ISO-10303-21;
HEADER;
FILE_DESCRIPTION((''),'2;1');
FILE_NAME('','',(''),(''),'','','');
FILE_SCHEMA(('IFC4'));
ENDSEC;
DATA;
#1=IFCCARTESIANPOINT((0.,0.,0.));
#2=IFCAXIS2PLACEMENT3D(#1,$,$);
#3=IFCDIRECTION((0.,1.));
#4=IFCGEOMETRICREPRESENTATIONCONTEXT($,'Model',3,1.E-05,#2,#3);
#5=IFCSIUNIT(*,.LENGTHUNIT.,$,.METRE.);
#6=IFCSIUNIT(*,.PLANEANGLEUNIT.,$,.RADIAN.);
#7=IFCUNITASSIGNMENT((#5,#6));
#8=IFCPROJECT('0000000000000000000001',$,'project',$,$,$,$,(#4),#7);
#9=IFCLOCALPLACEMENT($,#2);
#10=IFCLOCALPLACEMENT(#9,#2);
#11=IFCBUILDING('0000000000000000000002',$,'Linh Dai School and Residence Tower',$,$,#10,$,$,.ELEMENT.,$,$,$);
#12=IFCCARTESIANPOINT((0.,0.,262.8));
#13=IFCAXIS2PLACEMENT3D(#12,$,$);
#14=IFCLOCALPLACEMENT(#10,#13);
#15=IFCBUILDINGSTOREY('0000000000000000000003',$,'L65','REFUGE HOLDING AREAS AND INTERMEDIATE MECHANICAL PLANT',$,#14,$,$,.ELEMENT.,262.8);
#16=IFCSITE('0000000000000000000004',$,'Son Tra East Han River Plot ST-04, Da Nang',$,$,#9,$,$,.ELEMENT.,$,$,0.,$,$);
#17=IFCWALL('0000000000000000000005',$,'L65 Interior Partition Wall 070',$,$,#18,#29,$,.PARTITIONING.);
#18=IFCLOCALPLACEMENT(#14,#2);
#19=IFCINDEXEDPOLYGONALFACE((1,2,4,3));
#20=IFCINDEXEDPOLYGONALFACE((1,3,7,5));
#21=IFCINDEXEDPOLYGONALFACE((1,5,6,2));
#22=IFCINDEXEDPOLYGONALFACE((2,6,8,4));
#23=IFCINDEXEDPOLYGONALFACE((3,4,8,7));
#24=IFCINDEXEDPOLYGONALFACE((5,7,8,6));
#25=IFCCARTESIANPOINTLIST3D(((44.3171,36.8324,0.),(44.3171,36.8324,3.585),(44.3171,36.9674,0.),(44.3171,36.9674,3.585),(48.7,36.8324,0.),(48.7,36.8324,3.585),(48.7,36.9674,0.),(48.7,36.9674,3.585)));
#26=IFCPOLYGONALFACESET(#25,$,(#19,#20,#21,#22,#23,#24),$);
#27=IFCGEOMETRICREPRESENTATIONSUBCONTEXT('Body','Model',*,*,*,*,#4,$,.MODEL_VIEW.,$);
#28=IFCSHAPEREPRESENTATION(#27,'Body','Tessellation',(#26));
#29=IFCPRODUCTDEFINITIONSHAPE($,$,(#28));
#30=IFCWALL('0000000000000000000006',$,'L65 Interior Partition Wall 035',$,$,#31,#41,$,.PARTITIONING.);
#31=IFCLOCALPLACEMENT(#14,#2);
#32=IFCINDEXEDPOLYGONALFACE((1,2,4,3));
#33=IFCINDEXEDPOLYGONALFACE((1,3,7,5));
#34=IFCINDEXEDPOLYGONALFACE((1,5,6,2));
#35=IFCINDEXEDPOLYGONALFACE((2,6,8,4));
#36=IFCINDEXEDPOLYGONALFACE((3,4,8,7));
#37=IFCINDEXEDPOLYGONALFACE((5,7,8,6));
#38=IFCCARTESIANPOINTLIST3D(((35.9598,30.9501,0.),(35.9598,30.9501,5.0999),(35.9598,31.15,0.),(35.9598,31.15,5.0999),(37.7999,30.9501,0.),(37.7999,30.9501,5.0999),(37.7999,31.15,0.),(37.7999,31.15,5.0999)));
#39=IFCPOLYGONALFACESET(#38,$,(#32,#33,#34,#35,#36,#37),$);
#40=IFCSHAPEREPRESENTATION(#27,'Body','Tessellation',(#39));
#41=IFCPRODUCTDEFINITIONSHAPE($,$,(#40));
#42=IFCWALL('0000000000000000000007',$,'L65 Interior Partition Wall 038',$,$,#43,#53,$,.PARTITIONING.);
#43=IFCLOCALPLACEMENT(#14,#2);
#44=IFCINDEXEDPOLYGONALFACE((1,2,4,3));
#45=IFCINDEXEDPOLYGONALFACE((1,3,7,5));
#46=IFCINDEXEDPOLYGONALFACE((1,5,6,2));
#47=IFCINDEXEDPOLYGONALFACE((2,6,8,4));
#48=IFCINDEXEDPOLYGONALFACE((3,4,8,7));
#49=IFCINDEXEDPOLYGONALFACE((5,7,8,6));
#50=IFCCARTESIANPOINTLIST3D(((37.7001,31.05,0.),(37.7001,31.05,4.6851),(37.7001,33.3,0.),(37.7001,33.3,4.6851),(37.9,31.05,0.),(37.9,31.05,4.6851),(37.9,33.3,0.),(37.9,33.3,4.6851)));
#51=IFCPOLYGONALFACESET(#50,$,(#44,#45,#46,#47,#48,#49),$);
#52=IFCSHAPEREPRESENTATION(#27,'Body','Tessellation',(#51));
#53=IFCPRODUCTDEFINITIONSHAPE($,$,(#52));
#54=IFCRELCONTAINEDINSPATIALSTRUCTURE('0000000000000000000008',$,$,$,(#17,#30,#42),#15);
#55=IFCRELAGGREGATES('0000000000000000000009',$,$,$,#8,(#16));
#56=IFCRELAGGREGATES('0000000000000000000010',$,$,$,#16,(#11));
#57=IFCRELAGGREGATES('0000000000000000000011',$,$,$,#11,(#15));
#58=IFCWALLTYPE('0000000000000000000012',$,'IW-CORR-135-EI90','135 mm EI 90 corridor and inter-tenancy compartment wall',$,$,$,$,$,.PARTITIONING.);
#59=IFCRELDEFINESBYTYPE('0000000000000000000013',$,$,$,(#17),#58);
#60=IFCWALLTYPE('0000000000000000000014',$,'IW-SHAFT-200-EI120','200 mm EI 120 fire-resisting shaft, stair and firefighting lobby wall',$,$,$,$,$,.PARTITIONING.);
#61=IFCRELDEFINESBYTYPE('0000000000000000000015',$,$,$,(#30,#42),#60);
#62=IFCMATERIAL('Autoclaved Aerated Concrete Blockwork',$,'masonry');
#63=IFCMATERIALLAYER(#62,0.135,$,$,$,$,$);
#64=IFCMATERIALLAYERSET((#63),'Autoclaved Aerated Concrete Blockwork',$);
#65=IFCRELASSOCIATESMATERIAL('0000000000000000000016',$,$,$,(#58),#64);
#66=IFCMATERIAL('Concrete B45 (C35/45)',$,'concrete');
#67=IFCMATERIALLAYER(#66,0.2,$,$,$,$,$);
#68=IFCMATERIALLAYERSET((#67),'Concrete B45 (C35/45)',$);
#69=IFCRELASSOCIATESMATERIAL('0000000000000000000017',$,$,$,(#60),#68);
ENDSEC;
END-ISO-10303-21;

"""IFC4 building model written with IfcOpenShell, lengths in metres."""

from ifc_helpers import new_model, si_unit, direction, frame, frame_2d, origin, place, context, subcontext, project, spatial, rectangle, extrude, material, layer, layer_set, type_object, element, save


model = new_model("IFC4")

# Units and contexts
model_context = context("Model", 3, precision=1e-05, world=origin(), true_north=direction((0.0, 1.0)))
body_context = subcontext(model_context, "Body", "Model", "MODEL_VIEW")
ifc_project = project(units=[si_unit("LENGTHUNIT", "METRE"), si_unit("PLANEANGLEUNIT", "RADIAN")], contexts=[model_context])

# Site, building, storey
site_placement = place(None, origin())
site = spatial("IfcSite", under=ifc_project, at=site_placement, Name="Son Tra East Han River Plot ST-04, Da Nang", CompositionType="ELEMENT", RefElevation=0.0)
building_placement = place(site_placement, origin())
building = spatial("IfcBuilding", under=site, at=building_placement, Name="Linh Dai School and Residence Tower", CompositionType="ELEMENT")
storey_placement = place(building_placement, frame((0.0, 0.0, 262.8)))
storey = spatial("IfcBuildingStorey", under=building, at=storey_placement, Name="L65", Description="REFUGE HOLDING AREAS AND INTERMEDIATE MECHANICAL PLANT", CompositionType="ELEMENT", Elevation=262.8)

# Shared definitions
ifc_material_1 = material(Name="Autoclaved Aerated Concrete Blockwork", Category="masonry")
ifc_layer_1 = layer(ifc_material_1, 0.135)
ifc_layer_set_1 = layer_set([ifc_layer_1], Name="Autoclaved Aerated Concrete Blockwork")
wall_type_1 = type_object("IfcWallType", Name="IW-CORR-135-EI90", Description="135 mm EI 90 corridor and inter-tenancy compartment wall", PredefinedType="PARTITIONING", material=ifc_layer_set_1)

# Walls
wall_1_placement = place(storey_placement, frame((44.3171, 36.8999, 0.0), z_axis=(0.0, 0.0, 1.0), x_axis=(1.0, 0.0, 0.0)))
element("IfcWall", 1, at=wall_1_placement, inside=storey, type_object=wall_type_1, Name="L65 Interior Partition Wall 070", PredefinedType="PARTITIONING", context=body_context, shape_type="SweptSolid", body=[
    extrude(rectangle(XDim=4.3828, YDim=0.135, at=frame_2d((2.1914, 0.0))), origin(), (0.0, 0.0, 1.0), 3.585),
])
ifc_material_2 = material(Name="Concrete B45 (C35/45)", Category="concrete")
ifc_layer_2 = layer(ifc_material_2, 0.2)
ifc_layer_set_2 = layer_set([ifc_layer_2], Name="Concrete B45 (C35/45)")
wall_type_2 = type_object("IfcWallType", Name="IW-SHAFT-200-EI120", Description="200 mm EI 120 fire-resisting shaft, stair and firefighting lobby wall", PredefinedType="PARTITIONING", material=ifc_layer_set_2)
wall_2_placement = place(storey_placement, frame((35.96, 31.05, 0.0), z_axis=(0.0, 0.0, 1.0), x_axis=(1.0, 0.0, 0.0)))
element("IfcWall", 2, at=wall_2_placement, inside=storey, type_object=wall_type_2, Name="L65 Interior Partition Wall 035", PredefinedType="PARTITIONING", context=body_context, shape_type="SweptSolid", body=[
    extrude(rectangle(XDim=1.8401, YDim=0.2, at=frame_2d((0.9199, 0.0))), origin(), (0.0, 0.0, 1.0), 5.0999),
])
wall_3_placement = place(storey_placement, frame((37.8, 31.05, 0.0), z_axis=(0.0, 0.0, 1.0), x_axis=(0.0, 1.0, 0.0)))
element("IfcWall", 3, at=wall_3_placement, inside=storey, type_object=wall_type_2, Name="L65 Interior Partition Wall 038", PredefinedType="PARTITIONING", context=body_context, shape_type="SweptSolid", body=[
    extrude(rectangle(XDim=2.25, YDim=0.2, at=frame_2d((1.125, 0.0))), origin(), (0.0, 0.0, 1.0), 4.6851),
])

save(model, "model.ifc")
